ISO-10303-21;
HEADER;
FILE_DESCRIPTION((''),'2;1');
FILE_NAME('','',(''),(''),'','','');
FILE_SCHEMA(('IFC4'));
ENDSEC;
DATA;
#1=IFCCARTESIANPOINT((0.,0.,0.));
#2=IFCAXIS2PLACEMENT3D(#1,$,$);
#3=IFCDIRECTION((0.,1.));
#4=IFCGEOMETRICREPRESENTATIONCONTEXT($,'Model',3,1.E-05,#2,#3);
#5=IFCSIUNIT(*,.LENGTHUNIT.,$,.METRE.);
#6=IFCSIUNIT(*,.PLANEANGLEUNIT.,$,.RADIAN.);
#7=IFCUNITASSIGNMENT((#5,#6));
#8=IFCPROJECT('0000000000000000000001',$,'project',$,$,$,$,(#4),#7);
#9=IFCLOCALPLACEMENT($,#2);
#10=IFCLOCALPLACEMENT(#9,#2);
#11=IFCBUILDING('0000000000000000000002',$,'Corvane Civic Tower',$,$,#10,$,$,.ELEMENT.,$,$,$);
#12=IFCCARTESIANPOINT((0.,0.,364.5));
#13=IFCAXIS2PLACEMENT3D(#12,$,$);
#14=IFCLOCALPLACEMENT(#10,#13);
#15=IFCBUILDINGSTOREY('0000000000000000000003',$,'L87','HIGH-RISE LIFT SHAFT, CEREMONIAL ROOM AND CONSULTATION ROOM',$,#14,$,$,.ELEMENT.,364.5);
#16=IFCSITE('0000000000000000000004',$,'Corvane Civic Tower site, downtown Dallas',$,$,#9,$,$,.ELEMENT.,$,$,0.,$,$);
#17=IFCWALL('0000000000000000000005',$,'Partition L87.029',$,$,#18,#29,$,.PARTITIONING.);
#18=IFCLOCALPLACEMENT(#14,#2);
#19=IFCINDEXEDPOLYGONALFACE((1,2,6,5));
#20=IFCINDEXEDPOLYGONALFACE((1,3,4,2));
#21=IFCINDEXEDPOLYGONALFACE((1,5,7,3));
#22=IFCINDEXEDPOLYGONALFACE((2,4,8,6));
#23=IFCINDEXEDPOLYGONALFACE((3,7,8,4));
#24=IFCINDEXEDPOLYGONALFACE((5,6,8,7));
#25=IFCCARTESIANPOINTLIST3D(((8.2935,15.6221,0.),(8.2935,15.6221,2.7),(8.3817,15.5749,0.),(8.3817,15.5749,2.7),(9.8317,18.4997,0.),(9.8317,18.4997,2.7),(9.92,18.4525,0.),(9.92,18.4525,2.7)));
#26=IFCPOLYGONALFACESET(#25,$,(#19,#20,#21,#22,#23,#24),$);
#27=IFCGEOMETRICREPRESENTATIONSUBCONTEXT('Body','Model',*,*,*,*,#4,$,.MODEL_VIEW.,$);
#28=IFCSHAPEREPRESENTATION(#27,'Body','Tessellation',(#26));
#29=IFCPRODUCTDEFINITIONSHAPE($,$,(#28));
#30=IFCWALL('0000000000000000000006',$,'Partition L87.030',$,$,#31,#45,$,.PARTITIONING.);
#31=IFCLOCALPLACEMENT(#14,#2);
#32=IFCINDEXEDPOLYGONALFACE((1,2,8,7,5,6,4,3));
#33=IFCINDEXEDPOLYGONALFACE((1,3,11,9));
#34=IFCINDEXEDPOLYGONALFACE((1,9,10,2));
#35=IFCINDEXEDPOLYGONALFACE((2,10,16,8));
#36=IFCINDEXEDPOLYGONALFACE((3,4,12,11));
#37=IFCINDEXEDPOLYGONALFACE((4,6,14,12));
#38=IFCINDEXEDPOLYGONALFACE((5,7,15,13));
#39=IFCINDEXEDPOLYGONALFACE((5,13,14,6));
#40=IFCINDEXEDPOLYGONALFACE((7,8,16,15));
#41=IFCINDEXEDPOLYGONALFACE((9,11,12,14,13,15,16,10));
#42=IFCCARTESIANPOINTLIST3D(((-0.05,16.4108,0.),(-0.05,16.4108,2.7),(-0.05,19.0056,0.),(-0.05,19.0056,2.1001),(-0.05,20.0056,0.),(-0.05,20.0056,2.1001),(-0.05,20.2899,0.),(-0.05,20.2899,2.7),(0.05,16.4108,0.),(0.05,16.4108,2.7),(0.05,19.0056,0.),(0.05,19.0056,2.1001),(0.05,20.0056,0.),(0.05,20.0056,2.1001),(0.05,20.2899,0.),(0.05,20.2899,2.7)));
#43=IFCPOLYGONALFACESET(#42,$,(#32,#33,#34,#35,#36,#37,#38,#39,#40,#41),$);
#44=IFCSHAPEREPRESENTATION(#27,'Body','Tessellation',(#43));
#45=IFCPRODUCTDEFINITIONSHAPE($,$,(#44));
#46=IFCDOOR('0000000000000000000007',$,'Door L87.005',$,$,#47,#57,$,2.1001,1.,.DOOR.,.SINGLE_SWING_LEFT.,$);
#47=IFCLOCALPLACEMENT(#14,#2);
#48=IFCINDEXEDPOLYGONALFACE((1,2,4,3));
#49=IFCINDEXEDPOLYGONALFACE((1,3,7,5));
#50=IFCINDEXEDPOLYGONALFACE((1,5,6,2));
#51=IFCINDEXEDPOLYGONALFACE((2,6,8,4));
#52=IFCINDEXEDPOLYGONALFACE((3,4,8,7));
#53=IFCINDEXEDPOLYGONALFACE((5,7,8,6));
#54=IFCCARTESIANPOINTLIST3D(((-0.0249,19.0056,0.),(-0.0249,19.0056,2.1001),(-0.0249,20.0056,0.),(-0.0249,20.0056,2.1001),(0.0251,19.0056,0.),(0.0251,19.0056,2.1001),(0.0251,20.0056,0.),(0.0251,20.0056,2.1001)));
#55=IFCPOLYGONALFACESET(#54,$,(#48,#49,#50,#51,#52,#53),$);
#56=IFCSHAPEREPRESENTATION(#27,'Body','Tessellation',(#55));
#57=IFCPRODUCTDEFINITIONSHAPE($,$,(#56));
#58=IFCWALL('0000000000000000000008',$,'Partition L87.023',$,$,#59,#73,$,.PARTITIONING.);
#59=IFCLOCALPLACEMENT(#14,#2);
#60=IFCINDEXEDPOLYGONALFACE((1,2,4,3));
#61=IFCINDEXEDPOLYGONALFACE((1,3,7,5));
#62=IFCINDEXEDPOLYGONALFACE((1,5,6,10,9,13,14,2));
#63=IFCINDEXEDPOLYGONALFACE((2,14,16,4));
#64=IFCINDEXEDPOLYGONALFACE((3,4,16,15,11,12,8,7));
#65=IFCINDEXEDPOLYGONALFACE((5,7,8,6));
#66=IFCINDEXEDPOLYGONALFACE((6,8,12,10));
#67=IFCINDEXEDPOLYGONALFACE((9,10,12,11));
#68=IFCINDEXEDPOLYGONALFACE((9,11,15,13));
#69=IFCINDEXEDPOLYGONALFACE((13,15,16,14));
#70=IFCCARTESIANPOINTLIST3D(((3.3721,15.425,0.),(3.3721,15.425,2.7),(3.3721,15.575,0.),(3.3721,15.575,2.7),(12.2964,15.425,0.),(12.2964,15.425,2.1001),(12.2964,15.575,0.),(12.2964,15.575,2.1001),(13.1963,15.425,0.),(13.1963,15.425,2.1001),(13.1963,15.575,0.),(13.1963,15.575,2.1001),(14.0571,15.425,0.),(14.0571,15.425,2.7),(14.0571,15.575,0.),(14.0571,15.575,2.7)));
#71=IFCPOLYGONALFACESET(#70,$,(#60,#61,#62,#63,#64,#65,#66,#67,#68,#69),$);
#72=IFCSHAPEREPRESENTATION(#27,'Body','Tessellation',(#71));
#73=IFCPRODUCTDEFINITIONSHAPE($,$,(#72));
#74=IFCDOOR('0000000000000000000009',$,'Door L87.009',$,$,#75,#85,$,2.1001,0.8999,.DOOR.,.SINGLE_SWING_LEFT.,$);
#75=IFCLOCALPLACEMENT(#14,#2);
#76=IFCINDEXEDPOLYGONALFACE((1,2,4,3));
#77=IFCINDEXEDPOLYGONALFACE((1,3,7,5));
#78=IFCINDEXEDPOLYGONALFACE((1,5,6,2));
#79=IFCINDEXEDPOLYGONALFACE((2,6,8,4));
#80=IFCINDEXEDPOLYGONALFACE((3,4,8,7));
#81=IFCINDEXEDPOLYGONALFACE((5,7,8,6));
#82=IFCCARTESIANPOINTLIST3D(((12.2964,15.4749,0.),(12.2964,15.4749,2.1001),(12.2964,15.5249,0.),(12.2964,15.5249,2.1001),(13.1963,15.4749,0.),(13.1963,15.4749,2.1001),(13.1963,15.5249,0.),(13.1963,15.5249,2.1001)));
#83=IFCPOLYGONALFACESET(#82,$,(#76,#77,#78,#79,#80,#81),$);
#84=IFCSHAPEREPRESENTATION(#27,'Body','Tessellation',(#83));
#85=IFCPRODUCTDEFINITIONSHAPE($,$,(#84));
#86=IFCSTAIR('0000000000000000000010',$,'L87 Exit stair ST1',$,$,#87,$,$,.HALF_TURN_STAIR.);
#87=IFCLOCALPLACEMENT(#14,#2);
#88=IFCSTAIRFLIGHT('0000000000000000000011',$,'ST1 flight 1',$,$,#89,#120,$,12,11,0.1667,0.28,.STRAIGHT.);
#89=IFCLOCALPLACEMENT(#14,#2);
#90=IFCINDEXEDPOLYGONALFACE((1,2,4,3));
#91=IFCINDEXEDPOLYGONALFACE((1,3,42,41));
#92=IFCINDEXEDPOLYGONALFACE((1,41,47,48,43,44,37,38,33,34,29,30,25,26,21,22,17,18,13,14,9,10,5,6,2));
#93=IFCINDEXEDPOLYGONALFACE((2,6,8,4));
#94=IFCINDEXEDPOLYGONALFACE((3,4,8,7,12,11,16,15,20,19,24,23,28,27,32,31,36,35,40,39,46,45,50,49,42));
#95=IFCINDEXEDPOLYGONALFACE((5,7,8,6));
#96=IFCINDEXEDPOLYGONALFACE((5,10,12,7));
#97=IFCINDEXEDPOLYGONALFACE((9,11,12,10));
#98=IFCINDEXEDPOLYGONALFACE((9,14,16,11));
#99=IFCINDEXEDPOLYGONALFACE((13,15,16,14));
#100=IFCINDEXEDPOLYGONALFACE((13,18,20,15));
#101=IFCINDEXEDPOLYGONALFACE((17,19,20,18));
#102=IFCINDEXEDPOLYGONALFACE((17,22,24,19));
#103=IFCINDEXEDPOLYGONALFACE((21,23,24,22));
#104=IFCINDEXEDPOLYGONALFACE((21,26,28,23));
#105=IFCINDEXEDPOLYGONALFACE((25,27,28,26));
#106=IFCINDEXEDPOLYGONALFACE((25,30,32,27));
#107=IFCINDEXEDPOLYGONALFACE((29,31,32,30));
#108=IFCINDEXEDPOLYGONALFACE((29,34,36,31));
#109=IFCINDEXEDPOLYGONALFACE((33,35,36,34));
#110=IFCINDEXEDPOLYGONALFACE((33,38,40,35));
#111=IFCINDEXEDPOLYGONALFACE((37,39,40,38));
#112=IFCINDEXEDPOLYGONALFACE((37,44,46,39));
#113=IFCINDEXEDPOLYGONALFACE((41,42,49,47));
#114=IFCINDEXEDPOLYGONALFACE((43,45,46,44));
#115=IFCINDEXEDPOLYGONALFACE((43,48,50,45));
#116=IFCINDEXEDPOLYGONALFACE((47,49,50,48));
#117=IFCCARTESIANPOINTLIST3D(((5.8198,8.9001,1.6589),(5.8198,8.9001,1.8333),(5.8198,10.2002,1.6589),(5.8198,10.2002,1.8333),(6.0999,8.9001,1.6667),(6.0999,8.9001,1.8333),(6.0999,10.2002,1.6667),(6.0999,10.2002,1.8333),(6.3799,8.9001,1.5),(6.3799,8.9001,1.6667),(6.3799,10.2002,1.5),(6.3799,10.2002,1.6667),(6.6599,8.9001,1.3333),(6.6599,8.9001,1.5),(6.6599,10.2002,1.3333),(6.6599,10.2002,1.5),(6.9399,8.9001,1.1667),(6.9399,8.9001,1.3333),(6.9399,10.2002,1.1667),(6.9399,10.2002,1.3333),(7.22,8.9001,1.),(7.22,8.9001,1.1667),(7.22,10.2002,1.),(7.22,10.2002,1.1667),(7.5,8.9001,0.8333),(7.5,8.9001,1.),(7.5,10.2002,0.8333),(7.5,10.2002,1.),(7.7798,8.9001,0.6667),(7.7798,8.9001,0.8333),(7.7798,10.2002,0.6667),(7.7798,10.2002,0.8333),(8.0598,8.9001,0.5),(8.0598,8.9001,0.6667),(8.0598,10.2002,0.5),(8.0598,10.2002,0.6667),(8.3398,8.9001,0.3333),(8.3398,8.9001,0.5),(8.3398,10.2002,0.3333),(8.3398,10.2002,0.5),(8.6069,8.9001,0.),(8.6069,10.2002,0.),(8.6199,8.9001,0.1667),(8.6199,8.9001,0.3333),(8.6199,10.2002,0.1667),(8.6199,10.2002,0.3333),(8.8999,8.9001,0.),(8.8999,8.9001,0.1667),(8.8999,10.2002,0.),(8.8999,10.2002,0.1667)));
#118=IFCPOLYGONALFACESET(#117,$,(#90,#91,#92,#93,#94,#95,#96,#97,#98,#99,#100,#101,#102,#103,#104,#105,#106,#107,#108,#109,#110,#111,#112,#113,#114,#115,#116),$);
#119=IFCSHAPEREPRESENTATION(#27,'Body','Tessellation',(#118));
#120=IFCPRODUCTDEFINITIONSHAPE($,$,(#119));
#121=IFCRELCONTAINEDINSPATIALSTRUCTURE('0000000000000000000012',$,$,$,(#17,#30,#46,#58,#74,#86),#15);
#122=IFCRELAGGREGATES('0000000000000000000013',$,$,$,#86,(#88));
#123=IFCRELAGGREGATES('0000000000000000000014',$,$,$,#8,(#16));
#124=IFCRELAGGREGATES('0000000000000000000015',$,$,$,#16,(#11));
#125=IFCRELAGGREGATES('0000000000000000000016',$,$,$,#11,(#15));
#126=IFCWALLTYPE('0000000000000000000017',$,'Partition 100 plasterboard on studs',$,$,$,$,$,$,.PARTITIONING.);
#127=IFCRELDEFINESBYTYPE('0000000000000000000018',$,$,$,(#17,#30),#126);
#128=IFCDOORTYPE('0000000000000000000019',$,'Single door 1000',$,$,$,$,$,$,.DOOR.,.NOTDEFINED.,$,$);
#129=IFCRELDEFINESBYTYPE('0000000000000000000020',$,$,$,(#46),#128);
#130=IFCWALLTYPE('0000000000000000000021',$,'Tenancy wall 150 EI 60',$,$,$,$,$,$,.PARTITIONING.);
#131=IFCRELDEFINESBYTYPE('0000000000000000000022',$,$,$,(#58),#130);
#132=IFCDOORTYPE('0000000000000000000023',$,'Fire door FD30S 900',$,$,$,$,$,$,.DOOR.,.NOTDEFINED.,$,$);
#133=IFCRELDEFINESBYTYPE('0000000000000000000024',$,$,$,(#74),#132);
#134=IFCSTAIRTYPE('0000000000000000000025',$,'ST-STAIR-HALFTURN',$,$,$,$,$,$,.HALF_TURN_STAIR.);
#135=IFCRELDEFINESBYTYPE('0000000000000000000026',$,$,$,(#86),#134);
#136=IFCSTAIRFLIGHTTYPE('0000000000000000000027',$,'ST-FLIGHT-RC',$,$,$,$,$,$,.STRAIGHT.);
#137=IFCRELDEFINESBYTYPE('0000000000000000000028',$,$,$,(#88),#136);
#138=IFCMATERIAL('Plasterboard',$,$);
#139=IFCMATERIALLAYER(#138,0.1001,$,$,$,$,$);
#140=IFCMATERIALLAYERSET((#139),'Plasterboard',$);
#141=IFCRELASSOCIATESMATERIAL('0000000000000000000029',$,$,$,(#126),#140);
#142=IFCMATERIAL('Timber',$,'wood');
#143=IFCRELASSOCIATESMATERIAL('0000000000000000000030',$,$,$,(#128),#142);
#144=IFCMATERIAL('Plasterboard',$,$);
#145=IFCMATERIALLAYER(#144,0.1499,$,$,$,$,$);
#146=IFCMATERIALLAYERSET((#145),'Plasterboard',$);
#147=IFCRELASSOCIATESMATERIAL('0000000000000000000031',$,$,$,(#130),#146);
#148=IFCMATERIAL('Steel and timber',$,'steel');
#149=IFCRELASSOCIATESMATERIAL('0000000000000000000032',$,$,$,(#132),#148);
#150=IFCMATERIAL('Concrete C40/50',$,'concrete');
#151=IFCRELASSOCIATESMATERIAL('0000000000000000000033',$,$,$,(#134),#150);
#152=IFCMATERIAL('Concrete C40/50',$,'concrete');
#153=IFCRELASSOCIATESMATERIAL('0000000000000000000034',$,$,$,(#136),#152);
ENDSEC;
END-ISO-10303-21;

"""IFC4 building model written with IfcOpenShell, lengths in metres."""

from ifc_helpers import new_model, si_unit, direction, frame, frame_2d, origin, place, context, subcontext, project, spatial, polyline, rectangle, outline, extrude, material, layer, layer_set, type_object, element, fill, aggregate, save


model = new_model("IFC4")

# Units and contexts
model_context = context("Model", 3, precision=1e-05, world=origin(), true_north=direction((0.0, 1.0)))
body_context = subcontext(model_context, "Body", "Model", "MODEL_VIEW")
ifc_project = project(units=[si_unit("LENGTHUNIT", "METRE"), si_unit("PLANEANGLEUNIT", "RADIAN")], contexts=[model_context])

# Site, building, storey
site_placement = place(None, origin())
site = spatial("IfcSite", under=ifc_project, at=site_placement, Name="Corvane Civic Tower site, downtown Dallas", CompositionType="ELEMENT", RefElevation=0.0)
building_placement = place(site_placement, origin())
building = spatial("IfcBuilding", under=site, at=building_placement, Name="Corvane Civic Tower", CompositionType="ELEMENT")
storey_placement = place(building_placement, frame((0.0, 0.0, 364.5)))
storey = spatial("IfcBuildingStorey", under=building, at=storey_placement, Name="L87", Description="HIGH-RISE LIFT SHAFT, CEREMONIAL ROOM AND CONSULTATION ROOM", CompositionType="ELEMENT", Elevation=364.5)

# Wall
ifc_material_1 = material(Name="Plasterboard")
ifc_layer_1 = layer(ifc_material_1, 0.1001)
ifc_layer_set_1 = layer_set([ifc_layer_1], Name="Plasterboard")
wall_type_1 = type_object("IfcWallType", Name="Partition 100 plasterboard on studs", PredefinedType="PARTITIONING", material=ifc_layer_set_1)
wall_1_placement = place(storey_placement, frame((8.3376, 15.5986, 0.0), z_axis=(0.0, 0.0, 1.0), x_axis=(0.471438, 0.881899, 0.0)))
element("IfcWall", 1, at=wall_1_placement, inside=storey, type_object=wall_type_1, Name="Partition L87.029", PredefinedType="PARTITIONING", context=body_context, shape_type="SweptSolid", body=[
    extrude(rectangle(XDim=3.2629, YDim=0.1001, at=frame_2d((1.6313, 0.0))), origin(), (0.0, 0.0, 1.0), 2.7),
])

# Walls, openings, doors
wall_2_placement = place(storey_placement, frame((0.0, 16.4109, 0.0), z_axis=(0.0, 0.0, 1.0), x_axis=(0.0, 1.0, 0.0)))
wall_2 = element("IfcWall", 2, at=wall_2_placement, inside=storey, type_object=wall_type_1, Name="Partition L87.030", PredefinedType="PARTITIONING", context=body_context, shape_type="SweptSolid", body=[
    extrude(rectangle(XDim=3.8792, YDim=0.1001, at=frame_2d((1.9395, 0.0))), origin(), (0.0, 0.0, 1.0), 2.7),
])
opening_1_placement = place(wall_2_placement, frame((2.5947, 0.0, 0.0)))
opening_1 = element("IfcOpeningElement", 3, at=opening_1_placement, cuts=wall_2, PredefinedType="OPENING", context=body_context, shape_type="SweptSolid", body=[
    extrude(rectangle(XDim=1.0, YDim=2.1001, at=frame_2d((0.5, 1.05))), frame((0.0, 0.0601, 0.0), z_axis=(0.0, -1.0, 0.0), x_axis=(1.0, 0.0, 0.0)), (0.0, 0.0, 1.0), 0.1201),
])
ifc_material_2 = material(Name="Timber", Category="wood")
door_type_1 = type_object("IfcDoorType", Name="Single door 1000", OperationType="NOTDEFINED", PredefinedType="DOOR", material=ifc_material_2)
door_1_placement = place(opening_1_placement, origin())
door_1 = element("IfcDoor", 4, at=door_1_placement, inside=storey, type_object=door_type_1, Name="Door L87.005", OperationType="SINGLE_SWING_LEFT", OverallHeight=2.1001, OverallWidth=1.0, PredefinedType="DOOR", context=body_context, shape_type="SweptSolid", body=[
    extrude(rectangle(XDim=1.0, YDim=2.1001, at=frame_2d((0.5, 1.05))), frame((0.0, 0.0249, 0.0), z_axis=(0.0, -1.0, 0.0), x_axis=(1.0, 0.0, 0.0)), (0.0, 0.0, 1.0), 0.05),
])
fill(opening_1, door_1)
ifc_material_3 = material(Name="Plasterboard")
ifc_layer_2 = layer(ifc_material_3, 0.1499)
ifc_layer_set_2 = layer_set([ifc_layer_2], Name="Plasterboard")
wall_type_2 = type_object("IfcWallType", Name="Tenancy wall 150 EI 60", PredefinedType="PARTITIONING", material=ifc_layer_set_2)
wall_3_placement = place(storey_placement, frame((3.3721, 15.5, 0.0), z_axis=(0.0, 0.0, 1.0), x_axis=(1.0, 0.0, 0.0)))
wall_3 = element("IfcWall", 5, at=wall_3_placement, inside=storey, type_object=wall_type_2, Name="Partition L87.023", PredefinedType="PARTITIONING", context=body_context, shape_type="SweptSolid", body=[
    extrude(rectangle(XDim=10.6851, YDim=0.1499, at=frame_2d((5.3425, 0.0))), origin(), (0.0, 0.0, 1.0), 2.7),
])
opening_2_placement = place(wall_3_placement, frame((8.9243, 0.0, 0.0)))
opening_2 = element("IfcOpeningElement", 6, at=opening_2_placement, cuts=wall_3, PredefinedType="OPENING", context=body_context, shape_type="SweptSolid", body=[
    extrude(rectangle(XDim=0.8999, YDim=2.1001, at=frame_2d((0.45, 1.05))), frame((0.0, 0.085, 0.0), z_axis=(0.0, -1.0, 0.0), x_axis=(1.0, 0.0, 0.0)), (0.0, 0.0, 1.0), 0.1699),
])
ifc_material_4 = material(Name="Steel and timber", Category="steel")
door_type_2 = type_object("IfcDoorType", Name="Fire door FD30S 900", OperationType="NOTDEFINED", PredefinedType="DOOR", material=ifc_material_4)
door_2_placement = place(opening_2_placement, origin())
door_2 = element("IfcDoor", 7, at=door_2_placement, inside=storey, type_object=door_type_2, Name="Door L87.009", OperationType="SINGLE_SWING_LEFT", OverallHeight=2.1001, OverallWidth=0.8999, PredefinedType="DOOR", context=body_context, shape_type="SweptSolid", body=[
    extrude(rectangle(XDim=0.8999, YDim=2.1001, at=frame_2d((0.45, 1.05))), frame((0.0, 0.0249, 0.0), z_axis=(0.0, -1.0, 0.0), x_axis=(1.0, 0.0, 0.0)), (0.0, 0.0, 1.0), 0.05),
])
fill(opening_2, door_2)

# Stair, stair flight
ifc_material_5 = material(Name="Concrete C40/50", Category="concrete")
stair_type = type_object("IfcStairType", Name="ST-STAIR-HALFTURN", PredefinedType="HALF_TURN_STAIR", material=ifc_material_5)
stair_placement = place(storey_placement, origin())
stair = element("IfcStair", 8, at=stair_placement, inside=storey, type_object=stair_type, Name="L87 Exit stair ST1", PredefinedType="HALF_TURN_STAIR")
ifc_material_6 = material(Name="Concrete C40/50", Category="concrete")
stair_flight_type = type_object("IfcStairFlightType", Name="ST-FLIGHT-RC", PredefinedType="STRAIGHT", material=ifc_material_6)
stair_flight_placement = place(storey_placement, frame((8.8999, 9.55, 0.0), z_axis=(0.0, 0.0, 1.0), x_axis=(-1.0, 0.0, 0.0)))
stair_flight = element("IfcStairFlight", 9, at=stair_flight_placement, type_object=stair_flight_type, Name="ST1 flight 1", NumberOfRisers=12, NumberOfTreads=11, PredefinedType="STRAIGHT", RiserHeight=0.1667, TreadLength=0.28, context=body_context, shape_type="SweptSolid", body=[
    extrude(outline(polyline([(0.0, 0.0), (0.0, 0.1667), (0.28, 0.1667), (0.28, 0.3333), (0.5601, 0.3333), (0.5601, 0.5), (0.8401, 0.5), (0.8401, 0.6667), (1.1201, 0.6667), (1.1201, 0.8333), (1.3999, 0.8333), (1.3999, 1.0), (1.6799, 1.0), (1.6799, 1.1667), (1.96, 1.1667), (1.96, 1.3333), (2.24, 1.3333), (2.24, 1.5), (2.52, 1.5), (2.52, 1.6667), (2.8, 1.6667), (2.8, 1.8333), (3.0801, 1.8333), (3.0801, 2.0), (3.0801, 1.6589), (0.293, 0.0), (0.0, 0.0)])), frame((0.0, 0.6499, 0.0), z_axis=(0.0, -1.0, 0.0), x_axis=(1.0, 0.0, 0.0)), (0.0, 0.0, 1.0), 1.3),
])
aggregate(stair, [stair_flight])

save(model, "model.ifc")
